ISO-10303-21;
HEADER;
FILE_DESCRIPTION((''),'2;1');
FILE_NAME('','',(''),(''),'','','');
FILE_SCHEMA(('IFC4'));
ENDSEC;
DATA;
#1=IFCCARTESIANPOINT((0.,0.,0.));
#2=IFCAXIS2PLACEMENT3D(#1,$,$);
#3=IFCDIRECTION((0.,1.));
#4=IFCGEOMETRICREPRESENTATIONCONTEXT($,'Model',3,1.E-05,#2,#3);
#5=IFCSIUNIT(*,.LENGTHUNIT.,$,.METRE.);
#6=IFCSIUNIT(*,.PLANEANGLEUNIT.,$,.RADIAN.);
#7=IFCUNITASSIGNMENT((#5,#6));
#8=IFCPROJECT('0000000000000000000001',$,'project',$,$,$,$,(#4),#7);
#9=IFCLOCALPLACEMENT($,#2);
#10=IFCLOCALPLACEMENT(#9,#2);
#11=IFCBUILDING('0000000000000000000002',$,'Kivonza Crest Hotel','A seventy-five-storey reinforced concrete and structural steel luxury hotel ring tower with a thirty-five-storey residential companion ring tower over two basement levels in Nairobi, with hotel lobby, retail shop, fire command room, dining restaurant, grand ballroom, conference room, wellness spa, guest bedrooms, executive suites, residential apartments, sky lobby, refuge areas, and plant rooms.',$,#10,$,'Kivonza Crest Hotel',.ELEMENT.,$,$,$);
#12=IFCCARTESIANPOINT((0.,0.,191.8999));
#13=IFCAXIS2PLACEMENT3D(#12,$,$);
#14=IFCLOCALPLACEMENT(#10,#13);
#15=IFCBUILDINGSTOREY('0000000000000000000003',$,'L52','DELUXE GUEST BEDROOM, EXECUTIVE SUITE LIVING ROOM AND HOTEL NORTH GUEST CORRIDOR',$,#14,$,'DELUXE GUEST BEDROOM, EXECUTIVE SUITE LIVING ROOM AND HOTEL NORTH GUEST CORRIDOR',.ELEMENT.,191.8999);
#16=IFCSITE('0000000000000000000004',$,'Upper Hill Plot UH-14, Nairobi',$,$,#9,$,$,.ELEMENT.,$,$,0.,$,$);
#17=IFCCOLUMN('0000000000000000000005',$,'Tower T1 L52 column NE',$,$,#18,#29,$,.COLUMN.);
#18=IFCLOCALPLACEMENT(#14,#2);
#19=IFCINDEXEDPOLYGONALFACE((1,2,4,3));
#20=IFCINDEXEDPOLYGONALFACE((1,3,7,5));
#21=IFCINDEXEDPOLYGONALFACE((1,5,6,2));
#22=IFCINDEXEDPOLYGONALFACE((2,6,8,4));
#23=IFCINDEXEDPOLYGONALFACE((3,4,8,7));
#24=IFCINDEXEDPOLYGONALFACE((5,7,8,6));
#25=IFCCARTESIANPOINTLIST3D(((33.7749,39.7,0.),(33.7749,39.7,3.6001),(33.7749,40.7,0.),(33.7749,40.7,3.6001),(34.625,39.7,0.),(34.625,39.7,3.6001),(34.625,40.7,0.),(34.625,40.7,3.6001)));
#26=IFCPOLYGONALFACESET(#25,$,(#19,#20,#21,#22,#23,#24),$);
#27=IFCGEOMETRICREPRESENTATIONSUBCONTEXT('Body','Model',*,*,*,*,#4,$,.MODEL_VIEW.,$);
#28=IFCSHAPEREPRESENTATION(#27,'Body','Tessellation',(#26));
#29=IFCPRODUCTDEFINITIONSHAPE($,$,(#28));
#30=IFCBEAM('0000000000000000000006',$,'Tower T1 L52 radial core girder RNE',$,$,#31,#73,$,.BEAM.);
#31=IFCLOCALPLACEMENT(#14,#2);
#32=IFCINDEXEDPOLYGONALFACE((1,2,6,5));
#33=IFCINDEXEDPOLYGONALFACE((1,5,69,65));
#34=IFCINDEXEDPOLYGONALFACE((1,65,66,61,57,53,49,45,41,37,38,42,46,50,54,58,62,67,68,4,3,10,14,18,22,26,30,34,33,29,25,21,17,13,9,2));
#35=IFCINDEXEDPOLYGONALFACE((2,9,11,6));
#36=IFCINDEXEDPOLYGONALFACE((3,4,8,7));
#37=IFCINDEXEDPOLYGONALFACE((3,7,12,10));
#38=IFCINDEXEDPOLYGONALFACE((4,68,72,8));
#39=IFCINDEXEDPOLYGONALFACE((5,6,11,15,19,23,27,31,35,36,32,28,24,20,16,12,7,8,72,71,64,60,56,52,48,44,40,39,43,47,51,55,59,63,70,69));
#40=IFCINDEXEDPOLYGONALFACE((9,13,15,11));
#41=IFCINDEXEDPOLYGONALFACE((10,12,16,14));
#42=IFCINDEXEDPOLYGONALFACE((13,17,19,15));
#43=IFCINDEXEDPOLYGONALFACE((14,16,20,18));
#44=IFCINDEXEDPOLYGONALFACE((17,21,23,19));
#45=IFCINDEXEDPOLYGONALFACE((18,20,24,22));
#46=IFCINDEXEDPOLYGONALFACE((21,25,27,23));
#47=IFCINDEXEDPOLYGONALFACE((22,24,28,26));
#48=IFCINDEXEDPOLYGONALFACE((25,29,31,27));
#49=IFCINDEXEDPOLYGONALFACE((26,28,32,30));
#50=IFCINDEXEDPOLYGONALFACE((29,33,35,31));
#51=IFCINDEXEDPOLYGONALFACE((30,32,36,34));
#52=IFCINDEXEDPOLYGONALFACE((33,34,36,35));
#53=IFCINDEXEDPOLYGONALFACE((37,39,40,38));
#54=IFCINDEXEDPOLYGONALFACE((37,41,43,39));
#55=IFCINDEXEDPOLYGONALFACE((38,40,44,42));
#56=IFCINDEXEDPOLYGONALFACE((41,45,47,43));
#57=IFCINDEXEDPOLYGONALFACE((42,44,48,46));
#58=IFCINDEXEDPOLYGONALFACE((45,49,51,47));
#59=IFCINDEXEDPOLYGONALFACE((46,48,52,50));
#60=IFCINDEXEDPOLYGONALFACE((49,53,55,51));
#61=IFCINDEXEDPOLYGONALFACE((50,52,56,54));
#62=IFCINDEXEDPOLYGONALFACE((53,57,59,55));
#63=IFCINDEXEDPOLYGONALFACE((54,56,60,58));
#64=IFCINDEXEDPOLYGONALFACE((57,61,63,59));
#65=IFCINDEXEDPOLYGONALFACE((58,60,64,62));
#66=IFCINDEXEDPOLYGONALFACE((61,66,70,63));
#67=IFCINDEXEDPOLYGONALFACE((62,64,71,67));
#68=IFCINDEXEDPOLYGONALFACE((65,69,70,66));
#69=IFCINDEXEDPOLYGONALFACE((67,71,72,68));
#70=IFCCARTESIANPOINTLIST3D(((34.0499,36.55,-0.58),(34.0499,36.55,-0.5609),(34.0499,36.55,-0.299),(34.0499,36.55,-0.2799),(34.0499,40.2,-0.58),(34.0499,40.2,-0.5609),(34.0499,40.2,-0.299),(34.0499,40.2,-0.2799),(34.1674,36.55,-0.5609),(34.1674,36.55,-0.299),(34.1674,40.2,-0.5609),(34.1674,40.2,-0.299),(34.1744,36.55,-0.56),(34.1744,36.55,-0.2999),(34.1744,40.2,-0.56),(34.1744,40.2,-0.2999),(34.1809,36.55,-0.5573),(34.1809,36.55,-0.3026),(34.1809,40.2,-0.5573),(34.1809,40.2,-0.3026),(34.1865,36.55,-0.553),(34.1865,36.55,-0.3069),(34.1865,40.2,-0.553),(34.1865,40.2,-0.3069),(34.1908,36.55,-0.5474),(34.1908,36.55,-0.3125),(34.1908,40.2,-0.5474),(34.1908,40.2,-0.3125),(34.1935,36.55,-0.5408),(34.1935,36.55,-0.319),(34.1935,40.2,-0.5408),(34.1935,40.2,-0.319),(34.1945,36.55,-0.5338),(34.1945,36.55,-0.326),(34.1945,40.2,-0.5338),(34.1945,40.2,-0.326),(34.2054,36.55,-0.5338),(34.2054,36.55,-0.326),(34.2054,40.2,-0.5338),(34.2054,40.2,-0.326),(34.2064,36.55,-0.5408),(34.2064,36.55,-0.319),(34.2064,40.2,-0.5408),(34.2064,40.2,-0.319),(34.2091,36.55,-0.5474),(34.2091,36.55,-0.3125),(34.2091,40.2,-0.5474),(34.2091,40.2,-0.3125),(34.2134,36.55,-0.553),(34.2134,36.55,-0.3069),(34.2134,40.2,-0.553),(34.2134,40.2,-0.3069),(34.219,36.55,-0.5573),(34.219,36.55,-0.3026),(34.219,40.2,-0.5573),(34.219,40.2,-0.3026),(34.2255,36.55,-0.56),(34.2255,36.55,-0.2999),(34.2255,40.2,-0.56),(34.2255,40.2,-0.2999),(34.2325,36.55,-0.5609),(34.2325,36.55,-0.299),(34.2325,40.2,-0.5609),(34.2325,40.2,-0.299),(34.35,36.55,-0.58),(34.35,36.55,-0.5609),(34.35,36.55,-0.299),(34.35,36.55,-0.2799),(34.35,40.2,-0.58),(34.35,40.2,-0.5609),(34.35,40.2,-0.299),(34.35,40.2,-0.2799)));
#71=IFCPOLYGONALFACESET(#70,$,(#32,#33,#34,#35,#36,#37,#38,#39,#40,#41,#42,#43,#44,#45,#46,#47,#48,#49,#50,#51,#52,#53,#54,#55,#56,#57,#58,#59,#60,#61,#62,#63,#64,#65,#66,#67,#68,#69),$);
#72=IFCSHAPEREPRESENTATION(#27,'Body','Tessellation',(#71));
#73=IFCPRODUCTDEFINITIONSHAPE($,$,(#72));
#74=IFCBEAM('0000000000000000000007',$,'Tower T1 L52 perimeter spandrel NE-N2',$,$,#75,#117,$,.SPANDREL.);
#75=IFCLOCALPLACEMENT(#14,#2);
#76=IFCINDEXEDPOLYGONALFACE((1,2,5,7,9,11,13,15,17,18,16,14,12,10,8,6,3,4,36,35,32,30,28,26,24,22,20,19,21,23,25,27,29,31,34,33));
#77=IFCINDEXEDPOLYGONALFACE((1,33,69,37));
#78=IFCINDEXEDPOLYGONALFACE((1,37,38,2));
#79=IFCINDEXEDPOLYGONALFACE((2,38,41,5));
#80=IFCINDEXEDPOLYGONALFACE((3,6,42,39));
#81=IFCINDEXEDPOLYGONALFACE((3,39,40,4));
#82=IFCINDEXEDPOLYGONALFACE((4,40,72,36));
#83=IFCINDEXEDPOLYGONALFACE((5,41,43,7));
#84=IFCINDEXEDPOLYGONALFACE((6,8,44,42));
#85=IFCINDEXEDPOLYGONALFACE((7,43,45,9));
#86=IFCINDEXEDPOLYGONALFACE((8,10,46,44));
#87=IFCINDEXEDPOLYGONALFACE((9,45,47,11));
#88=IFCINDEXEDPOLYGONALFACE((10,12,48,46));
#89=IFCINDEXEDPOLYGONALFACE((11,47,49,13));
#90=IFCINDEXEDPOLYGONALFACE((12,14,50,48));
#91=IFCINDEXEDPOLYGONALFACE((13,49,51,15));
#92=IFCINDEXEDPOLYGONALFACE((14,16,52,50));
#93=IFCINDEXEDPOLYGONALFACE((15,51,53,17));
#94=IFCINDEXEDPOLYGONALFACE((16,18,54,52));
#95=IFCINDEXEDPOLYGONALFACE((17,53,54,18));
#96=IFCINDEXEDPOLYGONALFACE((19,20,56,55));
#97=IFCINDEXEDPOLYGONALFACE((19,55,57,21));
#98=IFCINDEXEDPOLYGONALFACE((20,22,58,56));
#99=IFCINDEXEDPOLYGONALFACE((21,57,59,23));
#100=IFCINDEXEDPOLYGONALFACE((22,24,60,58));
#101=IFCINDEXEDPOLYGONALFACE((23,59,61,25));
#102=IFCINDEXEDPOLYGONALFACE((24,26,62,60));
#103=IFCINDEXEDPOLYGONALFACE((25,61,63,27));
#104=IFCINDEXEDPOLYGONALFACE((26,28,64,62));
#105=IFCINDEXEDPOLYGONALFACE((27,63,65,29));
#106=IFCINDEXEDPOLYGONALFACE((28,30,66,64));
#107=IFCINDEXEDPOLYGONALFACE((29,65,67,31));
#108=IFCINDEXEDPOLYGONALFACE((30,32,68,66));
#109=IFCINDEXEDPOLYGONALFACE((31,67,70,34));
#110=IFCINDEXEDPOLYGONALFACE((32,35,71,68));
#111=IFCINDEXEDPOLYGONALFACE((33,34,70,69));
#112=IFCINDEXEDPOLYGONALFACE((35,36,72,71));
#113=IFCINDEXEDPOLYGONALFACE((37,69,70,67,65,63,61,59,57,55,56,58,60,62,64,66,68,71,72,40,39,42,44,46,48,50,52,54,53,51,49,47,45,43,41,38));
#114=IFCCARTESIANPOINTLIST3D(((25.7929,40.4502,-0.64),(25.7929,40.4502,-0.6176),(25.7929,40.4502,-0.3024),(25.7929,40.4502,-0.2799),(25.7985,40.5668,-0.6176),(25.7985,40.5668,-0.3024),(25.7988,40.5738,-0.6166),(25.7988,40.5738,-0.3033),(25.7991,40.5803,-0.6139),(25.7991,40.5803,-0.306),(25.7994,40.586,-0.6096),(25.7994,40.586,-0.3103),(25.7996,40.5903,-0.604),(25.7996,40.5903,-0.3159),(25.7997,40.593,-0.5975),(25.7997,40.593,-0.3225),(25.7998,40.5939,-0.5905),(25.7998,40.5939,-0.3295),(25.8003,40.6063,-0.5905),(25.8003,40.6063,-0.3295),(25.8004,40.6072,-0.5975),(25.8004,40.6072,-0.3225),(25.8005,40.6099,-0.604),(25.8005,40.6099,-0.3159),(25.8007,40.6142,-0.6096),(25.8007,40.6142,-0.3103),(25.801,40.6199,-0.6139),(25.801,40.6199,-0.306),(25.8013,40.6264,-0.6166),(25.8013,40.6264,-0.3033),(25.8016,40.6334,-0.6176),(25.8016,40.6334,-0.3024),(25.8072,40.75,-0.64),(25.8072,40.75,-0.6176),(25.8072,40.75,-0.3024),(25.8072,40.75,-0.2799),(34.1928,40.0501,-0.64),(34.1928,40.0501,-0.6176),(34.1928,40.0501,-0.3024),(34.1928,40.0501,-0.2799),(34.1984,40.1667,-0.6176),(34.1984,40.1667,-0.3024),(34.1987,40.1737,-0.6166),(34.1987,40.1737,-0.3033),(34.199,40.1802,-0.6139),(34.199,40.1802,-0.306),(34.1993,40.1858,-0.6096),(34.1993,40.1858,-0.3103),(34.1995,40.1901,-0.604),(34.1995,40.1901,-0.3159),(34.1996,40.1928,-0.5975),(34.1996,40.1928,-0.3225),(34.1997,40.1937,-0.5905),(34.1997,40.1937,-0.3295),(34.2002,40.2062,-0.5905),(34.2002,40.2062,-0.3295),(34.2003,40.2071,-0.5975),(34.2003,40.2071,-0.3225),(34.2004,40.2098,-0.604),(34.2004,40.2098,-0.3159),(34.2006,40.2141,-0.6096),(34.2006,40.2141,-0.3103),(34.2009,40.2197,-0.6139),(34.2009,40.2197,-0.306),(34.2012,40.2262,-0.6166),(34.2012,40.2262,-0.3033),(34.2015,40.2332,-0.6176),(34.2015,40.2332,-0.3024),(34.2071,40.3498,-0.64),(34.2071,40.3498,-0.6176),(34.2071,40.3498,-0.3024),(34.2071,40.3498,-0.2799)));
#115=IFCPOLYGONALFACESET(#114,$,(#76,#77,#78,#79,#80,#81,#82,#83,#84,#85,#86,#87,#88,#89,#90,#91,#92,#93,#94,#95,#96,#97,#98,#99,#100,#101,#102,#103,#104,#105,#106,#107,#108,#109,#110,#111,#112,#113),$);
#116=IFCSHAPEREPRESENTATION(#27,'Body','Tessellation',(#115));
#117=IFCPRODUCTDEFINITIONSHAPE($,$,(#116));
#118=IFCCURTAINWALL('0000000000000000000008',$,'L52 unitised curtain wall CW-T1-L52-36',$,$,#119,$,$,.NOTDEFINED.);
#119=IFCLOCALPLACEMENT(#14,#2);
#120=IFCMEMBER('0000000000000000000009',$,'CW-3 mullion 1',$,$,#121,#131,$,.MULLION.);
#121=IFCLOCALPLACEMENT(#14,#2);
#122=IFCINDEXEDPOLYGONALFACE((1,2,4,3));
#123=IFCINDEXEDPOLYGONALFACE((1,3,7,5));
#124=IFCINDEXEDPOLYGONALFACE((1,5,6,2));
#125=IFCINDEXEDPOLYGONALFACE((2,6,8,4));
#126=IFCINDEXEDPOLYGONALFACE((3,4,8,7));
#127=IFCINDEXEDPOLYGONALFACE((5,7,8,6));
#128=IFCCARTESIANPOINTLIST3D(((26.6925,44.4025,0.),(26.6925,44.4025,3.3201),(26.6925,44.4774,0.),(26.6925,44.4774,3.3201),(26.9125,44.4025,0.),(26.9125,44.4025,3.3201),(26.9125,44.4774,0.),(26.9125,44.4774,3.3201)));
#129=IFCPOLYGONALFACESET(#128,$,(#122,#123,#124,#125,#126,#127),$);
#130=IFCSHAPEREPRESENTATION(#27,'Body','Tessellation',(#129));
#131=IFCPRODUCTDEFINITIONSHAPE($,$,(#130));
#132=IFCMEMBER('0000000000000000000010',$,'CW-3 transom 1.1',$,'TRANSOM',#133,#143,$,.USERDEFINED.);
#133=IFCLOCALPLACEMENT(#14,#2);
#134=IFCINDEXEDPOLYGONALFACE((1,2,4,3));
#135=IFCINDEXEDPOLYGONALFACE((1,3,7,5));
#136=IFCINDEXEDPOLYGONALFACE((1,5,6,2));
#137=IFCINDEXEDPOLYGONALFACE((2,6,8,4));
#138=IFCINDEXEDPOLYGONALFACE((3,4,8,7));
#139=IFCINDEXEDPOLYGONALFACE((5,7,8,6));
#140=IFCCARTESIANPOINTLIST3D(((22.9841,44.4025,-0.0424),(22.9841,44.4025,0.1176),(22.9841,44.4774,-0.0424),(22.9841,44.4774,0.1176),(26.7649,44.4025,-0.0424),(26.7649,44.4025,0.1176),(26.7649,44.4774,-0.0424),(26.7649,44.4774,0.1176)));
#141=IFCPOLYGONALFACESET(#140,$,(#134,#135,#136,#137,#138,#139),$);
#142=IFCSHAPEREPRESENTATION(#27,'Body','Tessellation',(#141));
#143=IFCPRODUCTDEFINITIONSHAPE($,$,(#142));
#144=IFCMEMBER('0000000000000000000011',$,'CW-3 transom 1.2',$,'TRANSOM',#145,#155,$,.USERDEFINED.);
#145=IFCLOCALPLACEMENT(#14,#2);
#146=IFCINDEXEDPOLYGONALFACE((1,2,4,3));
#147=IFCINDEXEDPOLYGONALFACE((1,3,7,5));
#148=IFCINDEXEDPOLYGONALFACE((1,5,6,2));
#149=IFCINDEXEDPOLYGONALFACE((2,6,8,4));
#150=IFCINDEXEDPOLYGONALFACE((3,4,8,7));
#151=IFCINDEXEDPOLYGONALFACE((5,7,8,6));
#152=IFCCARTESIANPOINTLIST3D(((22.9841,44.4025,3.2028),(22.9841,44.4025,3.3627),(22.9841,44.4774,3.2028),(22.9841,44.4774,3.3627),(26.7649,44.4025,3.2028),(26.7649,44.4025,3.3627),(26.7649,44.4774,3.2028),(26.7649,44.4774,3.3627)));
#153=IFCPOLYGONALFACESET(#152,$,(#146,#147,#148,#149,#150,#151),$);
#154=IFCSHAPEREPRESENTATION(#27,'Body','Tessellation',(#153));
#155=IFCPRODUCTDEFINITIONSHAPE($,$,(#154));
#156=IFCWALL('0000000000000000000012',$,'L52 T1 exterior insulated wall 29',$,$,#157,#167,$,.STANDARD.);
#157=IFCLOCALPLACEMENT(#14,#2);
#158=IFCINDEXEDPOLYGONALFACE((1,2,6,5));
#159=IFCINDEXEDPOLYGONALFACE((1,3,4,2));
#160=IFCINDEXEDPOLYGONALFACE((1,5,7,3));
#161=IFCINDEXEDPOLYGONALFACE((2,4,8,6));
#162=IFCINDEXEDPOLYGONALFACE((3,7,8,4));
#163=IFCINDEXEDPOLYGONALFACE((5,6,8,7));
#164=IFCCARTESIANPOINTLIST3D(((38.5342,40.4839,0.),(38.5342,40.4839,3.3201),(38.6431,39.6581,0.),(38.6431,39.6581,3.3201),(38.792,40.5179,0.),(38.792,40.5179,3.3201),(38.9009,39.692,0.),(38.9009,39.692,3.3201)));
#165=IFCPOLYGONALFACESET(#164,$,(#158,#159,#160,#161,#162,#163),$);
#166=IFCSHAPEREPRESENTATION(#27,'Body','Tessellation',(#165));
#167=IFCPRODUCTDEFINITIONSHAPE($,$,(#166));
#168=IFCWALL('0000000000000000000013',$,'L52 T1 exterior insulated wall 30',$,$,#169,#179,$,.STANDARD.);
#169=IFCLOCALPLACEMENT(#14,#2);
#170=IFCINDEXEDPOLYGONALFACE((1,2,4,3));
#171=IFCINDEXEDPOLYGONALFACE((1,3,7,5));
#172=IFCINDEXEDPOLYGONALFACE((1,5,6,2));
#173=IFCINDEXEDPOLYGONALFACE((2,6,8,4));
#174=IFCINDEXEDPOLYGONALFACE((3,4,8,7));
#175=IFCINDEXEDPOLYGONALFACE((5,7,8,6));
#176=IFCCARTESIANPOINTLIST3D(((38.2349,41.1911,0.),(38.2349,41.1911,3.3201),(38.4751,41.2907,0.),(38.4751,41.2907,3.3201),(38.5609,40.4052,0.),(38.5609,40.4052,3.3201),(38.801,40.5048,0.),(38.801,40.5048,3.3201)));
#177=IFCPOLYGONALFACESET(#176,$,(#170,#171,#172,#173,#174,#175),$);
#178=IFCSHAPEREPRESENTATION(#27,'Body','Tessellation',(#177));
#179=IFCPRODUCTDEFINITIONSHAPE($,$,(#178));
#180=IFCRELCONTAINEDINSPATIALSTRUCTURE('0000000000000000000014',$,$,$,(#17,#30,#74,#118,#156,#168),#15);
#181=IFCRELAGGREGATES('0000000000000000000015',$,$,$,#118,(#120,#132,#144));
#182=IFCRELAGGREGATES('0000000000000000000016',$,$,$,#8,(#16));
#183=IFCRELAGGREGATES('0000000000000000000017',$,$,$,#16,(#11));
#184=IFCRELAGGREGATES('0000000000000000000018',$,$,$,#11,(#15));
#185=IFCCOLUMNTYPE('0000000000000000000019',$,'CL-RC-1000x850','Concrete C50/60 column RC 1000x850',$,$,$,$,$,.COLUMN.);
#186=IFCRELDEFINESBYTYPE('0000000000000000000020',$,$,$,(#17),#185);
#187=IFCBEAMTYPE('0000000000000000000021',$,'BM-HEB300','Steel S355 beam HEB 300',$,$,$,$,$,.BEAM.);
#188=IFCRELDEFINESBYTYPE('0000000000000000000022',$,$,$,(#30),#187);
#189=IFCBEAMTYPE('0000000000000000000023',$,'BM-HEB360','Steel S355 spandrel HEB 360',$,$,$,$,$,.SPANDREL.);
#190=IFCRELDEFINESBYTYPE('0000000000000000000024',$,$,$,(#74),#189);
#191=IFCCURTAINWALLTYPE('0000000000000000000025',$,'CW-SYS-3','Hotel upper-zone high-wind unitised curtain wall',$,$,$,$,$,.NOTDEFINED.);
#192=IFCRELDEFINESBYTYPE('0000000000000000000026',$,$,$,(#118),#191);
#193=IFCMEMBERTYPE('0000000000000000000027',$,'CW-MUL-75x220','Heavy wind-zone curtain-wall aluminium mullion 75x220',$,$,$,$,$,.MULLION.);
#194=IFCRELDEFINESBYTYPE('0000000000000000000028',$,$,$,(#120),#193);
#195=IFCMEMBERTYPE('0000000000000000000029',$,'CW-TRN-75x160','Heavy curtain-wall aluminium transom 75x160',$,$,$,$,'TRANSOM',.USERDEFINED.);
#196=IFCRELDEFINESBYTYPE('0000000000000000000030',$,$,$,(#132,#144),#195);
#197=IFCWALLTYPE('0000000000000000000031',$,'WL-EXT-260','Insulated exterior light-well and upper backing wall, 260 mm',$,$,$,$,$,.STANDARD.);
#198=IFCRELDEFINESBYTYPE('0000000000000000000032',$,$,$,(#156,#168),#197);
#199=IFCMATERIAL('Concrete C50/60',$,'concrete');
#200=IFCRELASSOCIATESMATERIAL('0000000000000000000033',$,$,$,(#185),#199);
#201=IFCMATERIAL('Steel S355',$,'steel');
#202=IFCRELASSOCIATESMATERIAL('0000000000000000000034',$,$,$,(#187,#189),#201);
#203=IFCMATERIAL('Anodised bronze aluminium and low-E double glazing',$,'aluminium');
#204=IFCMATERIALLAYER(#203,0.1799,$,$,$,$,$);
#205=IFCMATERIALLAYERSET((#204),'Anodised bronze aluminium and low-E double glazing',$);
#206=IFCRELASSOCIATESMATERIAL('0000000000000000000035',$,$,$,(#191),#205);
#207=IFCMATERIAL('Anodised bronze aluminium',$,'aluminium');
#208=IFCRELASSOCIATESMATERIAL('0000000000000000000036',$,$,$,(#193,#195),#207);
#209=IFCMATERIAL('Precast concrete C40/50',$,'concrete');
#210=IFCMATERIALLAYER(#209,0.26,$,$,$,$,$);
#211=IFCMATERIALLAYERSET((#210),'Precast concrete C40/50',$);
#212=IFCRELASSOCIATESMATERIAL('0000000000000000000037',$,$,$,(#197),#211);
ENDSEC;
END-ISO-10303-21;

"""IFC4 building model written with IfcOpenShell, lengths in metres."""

from ifc_helpers import new_model, si_unit, direction, frame, frame_2d, origin, origin_2d, place, context, subcontext, project, spatial, rectangle, i_section, extrude, material, layer, layer_set, material_profile, profile_set, type_object, element, aggregate, save


model = new_model("IFC4")

# Units and contexts
model_context = context("Model", 3, precision=1e-05, world=origin(), true_north=direction((0.0, 1.0)))
body_context = subcontext(model_context, "Body", "Model", "MODEL_VIEW")
ifc_project = project(units=[si_unit("LENGTHUNIT", "METRE"), si_unit("PLANEANGLEUNIT", "RADIAN")], contexts=[model_context])

# Site, building, storey
site_placement = place(None, origin())
site = spatial("IfcSite", under=ifc_project, at=site_placement, Name="Upper Hill Plot UH-14, Nairobi", CompositionType="ELEMENT", RefElevation=0.0)
building_placement = place(site_placement, origin())
building = spatial("IfcBuilding", under=site, at=building_placement, Name="Kivonza Crest Hotel", Description="A seventy-five-storey reinforced concrete and structural steel luxury hotel ring tower with a thirty-five-storey residential companion ring tower over two basement levels in Nairobi, with hotel lobby, retail shop, fire command room, dining restaurant, grand ballroom, conference room, wellness spa, guest bedrooms, executive suites, residential apartments, sky lobby, refuge areas, and plant rooms.", LongName="Kivonza Crest Hotel", CompositionType="ELEMENT")
storey_placement = place(building_placement, frame((0.0, 0.0, 191.8999)))
storey = spatial("IfcBuildingStorey", under=building, at=storey_placement, Name="L52", Description="DELUXE GUEST BEDROOM, EXECUTIVE SUITE LIVING ROOM AND HOTEL NORTH GUEST CORRIDOR", LongName="DELUXE GUEST BEDROOM, EXECUTIVE SUITE LIVING ROOM AND HOTEL NORTH GUEST CORRIDOR", CompositionType="ELEMENT", Elevation=191.8999)

# Column
ifc_material_1 = material(Name="Concrete C50/60", Category="concrete")
ifc_material_profile_1 = material_profile(ifc_material_1, rectangle(XDim=0.8501, YDim=1.0, at=origin_2d()), Name="RC 1000x850")
ifc_profile_set_1 = profile_set([ifc_material_profile_1], Name="Concrete C50/60")
column_type = type_object("IfcColumnType", Name="CL-RC-1000x850", Description="Concrete C50/60 column RC 1000x850", PredefinedType="COLUMN", material=ifc_profile_set_1)
column_placement = place(storey_placement, frame((34.2, 40.2, 0.0), z_axis=(0.0, 0.0, 1.0), x_axis=(1.0, 0.0, 0.0)))
element("IfcColumn", 1, at=column_placement, inside=storey, type_object=column_type, Name="Tower T1 L52 column NE", PredefinedType="COLUMN", context=body_context, shape_type="SweptSolid", body=[
    extrude(rectangle(XDim=0.8501, YDim=1.0, at=origin_2d()), origin(), (0.0, 0.0, 1.0), 3.6001),
])

# Beams
ifc_material_2 = material(Name="Steel S355", Category="steel")
ifc_material_profile_2 = material_profile(ifc_material_2, i_section(OverallWidth=0.3, OverallDepth=0.3, WebThickness=0.011, FlangeThickness=0.019, FilletRadius=0.0271, at=origin_2d()), Name="HEB 300")
ifc_profile_set_2 = profile_set([ifc_material_profile_2], Name="Steel S355")
beam_type_1 = type_object("IfcBeamType", Name="BM-HEB300", Description="Steel S355 beam HEB 300", PredefinedType="BEAM", material=ifc_profile_set_2)
beam_1_placement = place(storey_placement, frame((34.2, 40.2, -0.4299), z_axis=(0.0, -1.0, 0.0), x_axis=(1.0, 0.0, 0.0)))
element("IfcBeam", 2, at=beam_1_placement, inside=storey, type_object=beam_type_1, Name="Tower T1 L52 radial core girder RNE", PredefinedType="BEAM", context=body_context, shape_type="SweptSolid", body=[
    extrude(i_section(OverallWidth=0.3, OverallDepth=0.3, WebThickness=0.011, FlangeThickness=0.019, FilletRadius=0.0271, at=origin_2d()), origin(), (0.0, 0.0, 1.0), 3.6499),
])
ifc_material_profile_3 = material_profile(ifc_material_2, i_section(OverallWidth=0.3, OverallDepth=0.3601, WebThickness=0.0125, FlangeThickness=0.0225, FilletRadius=0.0271, at=origin_2d()), Name="HEB 360")
ifc_profile_set_3 = profile_set([ifc_material_profile_3], Name="Steel S355")
beam_type_2 = type_object("IfcBeamType", Name="BM-HEB360", Description="Steel S355 spandrel HEB 360", PredefinedType="SPANDREL", material=ifc_profile_set_3)
beam_2_placement = place(storey_placement, frame((34.2, 40.2, -0.46), z_axis=(-0.998867, 0.047583, 0.0), x_axis=(-0.047583, -0.998867, 0.0)))
element("IfcBeam", 3, at=beam_2_placement, inside=storey, type_object=beam_type_2, Name="Tower T1 L52 perimeter spandrel NE-N2", PredefinedType="SPANDREL", context=body_context, shape_type="SweptSolid", body=[
    extrude(i_section(OverallWidth=0.3, OverallDepth=0.3601, WebThickness=0.0125, FlangeThickness=0.0225, FilletRadius=0.0271, at=origin_2d()), origin(), (0.0, 0.0, 1.0), 8.4094),
])

# Curtain wall, members
ifc_material_3 = material(Name="Anodised bronze aluminium and low-E double glazing", Category="aluminium")
ifc_layer_1 = layer(ifc_material_3, 0.1799)
ifc_layer_set_1 = layer_set([ifc_layer_1], Name="Anodised bronze aluminium and low-E double glazing")
curtain_wall_type = type_object("IfcCurtainWallType", Name="CW-SYS-3", Description="Hotel upper-zone high-wind unitised curtain wall", PredefinedType="NOTDEFINED", material=ifc_layer_set_1)
curtain_wall_placement = place(storey_placement, origin())
curtain_wall = element("IfcCurtainWall", 4, at=curtain_wall_placement, inside=storey, type_object=curtain_wall_type, Name="L52 unitised curtain wall CW-T1-L52-36", PredefinedType="NOTDEFINED")
ifc_material_4 = material(Name="Anodised bronze aluminium", Category="aluminium")
ifc_material_profile_4 = material_profile(ifc_material_4, rectangle(XDim=0.075, YDim=0.22, at=origin_2d()), Name="CW-M 75x220")
ifc_profile_set_4 = profile_set([ifc_material_profile_4], Name="Anodised bronze aluminium")
member_type_1 = type_object("IfcMemberType", Name="CW-MUL-75x220", Description="Heavy wind-zone curtain-wall aluminium mullion 75x220", PredefinedType="MULLION", material=ifc_profile_set_4)
member_1_placement = place(storey_placement, frame((26.8025, 44.4399, 0.0), z_axis=(0.0, 0.0, 1.0), x_axis=(0.0, -1.0, 0.0)))
member_1 = element("IfcMember", 5, at=member_1_placement, type_object=member_type_1, Name="CW-3 mullion 1", PredefinedType="MULLION", context=body_context, shape_type="SweptSolid", body=[
    extrude(rectangle(XDim=0.075, YDim=0.22, at=origin_2d()), origin(), (0.0, 0.0, 1.0), 3.3201),
])
ifc_material_profile_5 = material_profile(ifc_material_4, rectangle(XDim=0.075, YDim=0.1599, at=origin_2d()), Name="CW-T 75x160")
ifc_profile_set_5 = profile_set([ifc_material_profile_5], Name="Anodised bronze aluminium")
member_type_2 = type_object("IfcMemberType", Name="CW-TRN-75x160", Description="Heavy curtain-wall aluminium transom 75x160", ElementType="TRANSOM", PredefinedType="USERDEFINED", material=ifc_profile_set_5)
member_2_placement = place(storey_placement, frame((26.7649, 44.4399, 0.0376), z_axis=(-1.0, 0.0, 0.0), x_axis=(0.0, -1.0, 0.0)))
member_2 = element("IfcMember", 6, at=member_2_placement, type_object=member_type_2, Name="CW-3 transom 1.1", ObjectType="TRANSOM", PredefinedType="USERDEFINED", context=body_context, shape_type="SweptSolid", body=[
    extrude(rectangle(XDim=0.075, YDim=0.1599, at=origin_2d()), origin(), (0.0, 0.0, 1.0), 3.7808),
])
member_3_placement = place(storey_placement, frame((26.7649, 44.4399, 3.2827), z_axis=(-1.0, 0.0, 0.0), x_axis=(0.0, -1.0, 0.0)))
member_3 = element("IfcMember", 7, at=member_3_placement, type_object=member_type_2, Name="CW-3 transom 1.2", ObjectType="TRANSOM", PredefinedType="USERDEFINED", context=body_context, shape_type="SweptSolid", body=[
    extrude(rectangle(XDim=0.075, YDim=0.1599, at=origin_2d()), origin(), (0.0, 0.0, 1.0), 3.7808),
])
aggregate(curtain_wall, [member_1, member_2, member_3])

# Walls
ifc_material_5 = material(Name="Precast concrete C40/50", Category="concrete")
ifc_layer_2 = layer(ifc_material_5, 0.26)
ifc_layer_set_2 = layer_set([ifc_layer_2], Name="Precast concrete C40/50")
wall_type_1 = type_object("IfcWallType", Name="WL-EXT-260", Description="Insulated exterior light-well and upper backing wall, 260 mm", PredefinedType="STANDARD", material=ifc_layer_set_2)
wall_1_placement = place(storey_placement, frame((38.772, 39.675, 0.0), z_axis=(0.0, 0.0, 1.0), x_axis=(-0.130705, 0.991421, 0.0)))
element("IfcWall", 8, at=wall_1_placement, inside=storey, type_object=wall_type_1, Name="L52 T1 exterior insulated wall 29", PredefinedType="STANDARD", context=body_context, shape_type="SweptSolid", body=[
    extrude(rectangle(XDim=0.833, YDim=0.26, at=frame_2d((0.4165, 0.0))), origin(), (0.0, 0.0, 1.0), 3.3201),
])
wall_2_placement = place(storey_placement, frame((38.6809, 40.4551, 0.0), z_axis=(0.0, 0.0, 1.0), x_axis=(-0.383087, 0.923712, 0.0)))
element("IfcWall", 9, at=wall_2_placement, inside=storey, type_object=wall_type_1, Name="L52 T1 exterior insulated wall 30", PredefinedType="STANDARD", context=body_context, shape_type="SweptSolid", body=[
    extrude(rectangle(XDim=0.8508, YDim=0.26, at=frame_2d((0.4253, 0.0))), origin(), (0.0, 0.0, 1.0), 3.3201),
])

save(model, "model.ifc")
